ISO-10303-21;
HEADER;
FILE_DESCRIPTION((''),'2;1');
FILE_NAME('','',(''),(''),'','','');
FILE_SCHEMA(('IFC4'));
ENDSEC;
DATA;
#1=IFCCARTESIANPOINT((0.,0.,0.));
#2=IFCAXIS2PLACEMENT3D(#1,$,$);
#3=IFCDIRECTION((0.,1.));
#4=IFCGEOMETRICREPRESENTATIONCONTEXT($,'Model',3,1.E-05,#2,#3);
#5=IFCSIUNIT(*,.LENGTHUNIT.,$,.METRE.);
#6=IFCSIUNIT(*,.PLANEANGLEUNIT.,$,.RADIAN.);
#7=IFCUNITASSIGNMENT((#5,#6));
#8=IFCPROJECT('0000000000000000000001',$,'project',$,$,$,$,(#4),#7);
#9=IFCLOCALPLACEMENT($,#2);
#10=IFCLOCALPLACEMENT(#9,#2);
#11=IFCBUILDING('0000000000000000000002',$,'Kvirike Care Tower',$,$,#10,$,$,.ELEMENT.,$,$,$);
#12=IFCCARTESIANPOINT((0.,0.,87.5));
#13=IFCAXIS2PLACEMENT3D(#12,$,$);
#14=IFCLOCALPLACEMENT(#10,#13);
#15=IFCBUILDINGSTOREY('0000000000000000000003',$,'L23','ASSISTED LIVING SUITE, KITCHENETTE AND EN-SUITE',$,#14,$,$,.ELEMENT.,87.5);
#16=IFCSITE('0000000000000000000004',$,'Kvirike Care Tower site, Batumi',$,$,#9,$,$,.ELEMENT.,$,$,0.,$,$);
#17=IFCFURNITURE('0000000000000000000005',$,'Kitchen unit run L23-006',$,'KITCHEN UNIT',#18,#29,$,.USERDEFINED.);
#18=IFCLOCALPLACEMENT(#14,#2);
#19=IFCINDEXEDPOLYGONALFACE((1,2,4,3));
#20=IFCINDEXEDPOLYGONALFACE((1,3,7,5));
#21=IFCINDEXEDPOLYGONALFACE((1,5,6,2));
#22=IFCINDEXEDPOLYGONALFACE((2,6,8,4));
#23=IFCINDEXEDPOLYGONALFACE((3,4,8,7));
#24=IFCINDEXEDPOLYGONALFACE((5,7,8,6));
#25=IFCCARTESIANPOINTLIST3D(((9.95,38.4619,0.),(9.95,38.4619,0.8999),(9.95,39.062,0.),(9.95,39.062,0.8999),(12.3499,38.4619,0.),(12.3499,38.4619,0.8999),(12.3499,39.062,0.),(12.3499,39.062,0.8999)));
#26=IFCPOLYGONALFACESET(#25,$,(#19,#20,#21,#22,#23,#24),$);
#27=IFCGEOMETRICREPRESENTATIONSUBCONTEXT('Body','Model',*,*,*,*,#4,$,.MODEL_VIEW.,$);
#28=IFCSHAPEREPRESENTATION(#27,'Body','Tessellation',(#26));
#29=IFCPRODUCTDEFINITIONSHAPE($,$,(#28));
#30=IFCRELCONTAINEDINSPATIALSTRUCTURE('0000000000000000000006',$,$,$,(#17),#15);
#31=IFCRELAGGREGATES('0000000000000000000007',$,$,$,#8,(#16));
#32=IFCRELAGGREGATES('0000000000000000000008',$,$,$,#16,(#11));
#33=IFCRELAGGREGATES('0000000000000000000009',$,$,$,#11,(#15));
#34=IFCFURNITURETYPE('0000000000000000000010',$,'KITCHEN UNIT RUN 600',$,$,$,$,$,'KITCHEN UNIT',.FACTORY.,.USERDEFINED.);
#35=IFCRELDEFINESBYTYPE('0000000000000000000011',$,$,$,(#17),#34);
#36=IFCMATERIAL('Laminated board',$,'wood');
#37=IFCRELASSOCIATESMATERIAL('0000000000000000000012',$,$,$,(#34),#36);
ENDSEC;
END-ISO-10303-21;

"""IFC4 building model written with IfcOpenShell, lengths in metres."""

from ifc_helpers import new_model, si_unit, direction, frame, origin, origin_2d, place, context, subcontext, project, spatial, rectangle, extrude, material, type_object, element, save


model = new_model("IFC4")

# Units and contexts
model_context = context("Model", 3, precision=1e-05, world=origin(), true_north=direction((0.0, 1.0)))
body_context = subcontext(model_context, "Body", "Model", "MODEL_VIEW")
ifc_project = project(units=[si_unit("LENGTHUNIT", "METRE"), si_unit("PLANEANGLEUNIT", "RADIAN")], contexts=[model_context])

# Site, building, storey
site_placement = place(None, origin())
site = spatial("IfcSite", under=ifc_project, at=site_placement, Name="Kvirike Care Tower site, Batumi", CompositionType="ELEMENT", RefElevation=0.0)
building_placement = place(site_placement, origin())
building = spatial("IfcBuilding", under=site, at=building_placement, Name="Kvirike Care Tower", CompositionType="ELEMENT")
storey_placement = place(building_placement, frame((0.0, 0.0, 87.5)))
storey = spatial("IfcBuildingStorey", under=building, at=storey_placement, Name="L23", Description="ASSISTED LIVING SUITE, KITCHENETTE AND EN-SUITE", CompositionType="ELEMENT", Elevation=87.5)

# Furniture
ifc_material_1 = material(Name="Laminated board", Category="wood")
furniture_type = type_object("IfcFurnitureType", Name="KITCHEN UNIT RUN 600", ElementType="KITCHEN UNIT", AssemblyPlace="FACTORY", PredefinedType="USERDEFINED", material=ifc_material_1)
furniture_placement = place(storey_placement, frame((11.1499, 38.762, 0.0), z_axis=(0.0, 0.0, 1.0), x_axis=(-1.0, 0.0, 0.0)))
element("IfcFurniture", 1, at=furniture_placement, inside=storey, type_object=furniture_type, Name="Kitchen unit run L23-006", ObjectType="KITCHEN UNIT", PredefinedType="USERDEFINED", context=body_context, shape_type="SweptSolid", body=[
    extrude(rectangle(XDim=2.3999, YDim=0.6001, at=origin_2d()), origin(), (0.0, 0.0, 1.0), 0.8999),
])

save(model, "model.ifc")
